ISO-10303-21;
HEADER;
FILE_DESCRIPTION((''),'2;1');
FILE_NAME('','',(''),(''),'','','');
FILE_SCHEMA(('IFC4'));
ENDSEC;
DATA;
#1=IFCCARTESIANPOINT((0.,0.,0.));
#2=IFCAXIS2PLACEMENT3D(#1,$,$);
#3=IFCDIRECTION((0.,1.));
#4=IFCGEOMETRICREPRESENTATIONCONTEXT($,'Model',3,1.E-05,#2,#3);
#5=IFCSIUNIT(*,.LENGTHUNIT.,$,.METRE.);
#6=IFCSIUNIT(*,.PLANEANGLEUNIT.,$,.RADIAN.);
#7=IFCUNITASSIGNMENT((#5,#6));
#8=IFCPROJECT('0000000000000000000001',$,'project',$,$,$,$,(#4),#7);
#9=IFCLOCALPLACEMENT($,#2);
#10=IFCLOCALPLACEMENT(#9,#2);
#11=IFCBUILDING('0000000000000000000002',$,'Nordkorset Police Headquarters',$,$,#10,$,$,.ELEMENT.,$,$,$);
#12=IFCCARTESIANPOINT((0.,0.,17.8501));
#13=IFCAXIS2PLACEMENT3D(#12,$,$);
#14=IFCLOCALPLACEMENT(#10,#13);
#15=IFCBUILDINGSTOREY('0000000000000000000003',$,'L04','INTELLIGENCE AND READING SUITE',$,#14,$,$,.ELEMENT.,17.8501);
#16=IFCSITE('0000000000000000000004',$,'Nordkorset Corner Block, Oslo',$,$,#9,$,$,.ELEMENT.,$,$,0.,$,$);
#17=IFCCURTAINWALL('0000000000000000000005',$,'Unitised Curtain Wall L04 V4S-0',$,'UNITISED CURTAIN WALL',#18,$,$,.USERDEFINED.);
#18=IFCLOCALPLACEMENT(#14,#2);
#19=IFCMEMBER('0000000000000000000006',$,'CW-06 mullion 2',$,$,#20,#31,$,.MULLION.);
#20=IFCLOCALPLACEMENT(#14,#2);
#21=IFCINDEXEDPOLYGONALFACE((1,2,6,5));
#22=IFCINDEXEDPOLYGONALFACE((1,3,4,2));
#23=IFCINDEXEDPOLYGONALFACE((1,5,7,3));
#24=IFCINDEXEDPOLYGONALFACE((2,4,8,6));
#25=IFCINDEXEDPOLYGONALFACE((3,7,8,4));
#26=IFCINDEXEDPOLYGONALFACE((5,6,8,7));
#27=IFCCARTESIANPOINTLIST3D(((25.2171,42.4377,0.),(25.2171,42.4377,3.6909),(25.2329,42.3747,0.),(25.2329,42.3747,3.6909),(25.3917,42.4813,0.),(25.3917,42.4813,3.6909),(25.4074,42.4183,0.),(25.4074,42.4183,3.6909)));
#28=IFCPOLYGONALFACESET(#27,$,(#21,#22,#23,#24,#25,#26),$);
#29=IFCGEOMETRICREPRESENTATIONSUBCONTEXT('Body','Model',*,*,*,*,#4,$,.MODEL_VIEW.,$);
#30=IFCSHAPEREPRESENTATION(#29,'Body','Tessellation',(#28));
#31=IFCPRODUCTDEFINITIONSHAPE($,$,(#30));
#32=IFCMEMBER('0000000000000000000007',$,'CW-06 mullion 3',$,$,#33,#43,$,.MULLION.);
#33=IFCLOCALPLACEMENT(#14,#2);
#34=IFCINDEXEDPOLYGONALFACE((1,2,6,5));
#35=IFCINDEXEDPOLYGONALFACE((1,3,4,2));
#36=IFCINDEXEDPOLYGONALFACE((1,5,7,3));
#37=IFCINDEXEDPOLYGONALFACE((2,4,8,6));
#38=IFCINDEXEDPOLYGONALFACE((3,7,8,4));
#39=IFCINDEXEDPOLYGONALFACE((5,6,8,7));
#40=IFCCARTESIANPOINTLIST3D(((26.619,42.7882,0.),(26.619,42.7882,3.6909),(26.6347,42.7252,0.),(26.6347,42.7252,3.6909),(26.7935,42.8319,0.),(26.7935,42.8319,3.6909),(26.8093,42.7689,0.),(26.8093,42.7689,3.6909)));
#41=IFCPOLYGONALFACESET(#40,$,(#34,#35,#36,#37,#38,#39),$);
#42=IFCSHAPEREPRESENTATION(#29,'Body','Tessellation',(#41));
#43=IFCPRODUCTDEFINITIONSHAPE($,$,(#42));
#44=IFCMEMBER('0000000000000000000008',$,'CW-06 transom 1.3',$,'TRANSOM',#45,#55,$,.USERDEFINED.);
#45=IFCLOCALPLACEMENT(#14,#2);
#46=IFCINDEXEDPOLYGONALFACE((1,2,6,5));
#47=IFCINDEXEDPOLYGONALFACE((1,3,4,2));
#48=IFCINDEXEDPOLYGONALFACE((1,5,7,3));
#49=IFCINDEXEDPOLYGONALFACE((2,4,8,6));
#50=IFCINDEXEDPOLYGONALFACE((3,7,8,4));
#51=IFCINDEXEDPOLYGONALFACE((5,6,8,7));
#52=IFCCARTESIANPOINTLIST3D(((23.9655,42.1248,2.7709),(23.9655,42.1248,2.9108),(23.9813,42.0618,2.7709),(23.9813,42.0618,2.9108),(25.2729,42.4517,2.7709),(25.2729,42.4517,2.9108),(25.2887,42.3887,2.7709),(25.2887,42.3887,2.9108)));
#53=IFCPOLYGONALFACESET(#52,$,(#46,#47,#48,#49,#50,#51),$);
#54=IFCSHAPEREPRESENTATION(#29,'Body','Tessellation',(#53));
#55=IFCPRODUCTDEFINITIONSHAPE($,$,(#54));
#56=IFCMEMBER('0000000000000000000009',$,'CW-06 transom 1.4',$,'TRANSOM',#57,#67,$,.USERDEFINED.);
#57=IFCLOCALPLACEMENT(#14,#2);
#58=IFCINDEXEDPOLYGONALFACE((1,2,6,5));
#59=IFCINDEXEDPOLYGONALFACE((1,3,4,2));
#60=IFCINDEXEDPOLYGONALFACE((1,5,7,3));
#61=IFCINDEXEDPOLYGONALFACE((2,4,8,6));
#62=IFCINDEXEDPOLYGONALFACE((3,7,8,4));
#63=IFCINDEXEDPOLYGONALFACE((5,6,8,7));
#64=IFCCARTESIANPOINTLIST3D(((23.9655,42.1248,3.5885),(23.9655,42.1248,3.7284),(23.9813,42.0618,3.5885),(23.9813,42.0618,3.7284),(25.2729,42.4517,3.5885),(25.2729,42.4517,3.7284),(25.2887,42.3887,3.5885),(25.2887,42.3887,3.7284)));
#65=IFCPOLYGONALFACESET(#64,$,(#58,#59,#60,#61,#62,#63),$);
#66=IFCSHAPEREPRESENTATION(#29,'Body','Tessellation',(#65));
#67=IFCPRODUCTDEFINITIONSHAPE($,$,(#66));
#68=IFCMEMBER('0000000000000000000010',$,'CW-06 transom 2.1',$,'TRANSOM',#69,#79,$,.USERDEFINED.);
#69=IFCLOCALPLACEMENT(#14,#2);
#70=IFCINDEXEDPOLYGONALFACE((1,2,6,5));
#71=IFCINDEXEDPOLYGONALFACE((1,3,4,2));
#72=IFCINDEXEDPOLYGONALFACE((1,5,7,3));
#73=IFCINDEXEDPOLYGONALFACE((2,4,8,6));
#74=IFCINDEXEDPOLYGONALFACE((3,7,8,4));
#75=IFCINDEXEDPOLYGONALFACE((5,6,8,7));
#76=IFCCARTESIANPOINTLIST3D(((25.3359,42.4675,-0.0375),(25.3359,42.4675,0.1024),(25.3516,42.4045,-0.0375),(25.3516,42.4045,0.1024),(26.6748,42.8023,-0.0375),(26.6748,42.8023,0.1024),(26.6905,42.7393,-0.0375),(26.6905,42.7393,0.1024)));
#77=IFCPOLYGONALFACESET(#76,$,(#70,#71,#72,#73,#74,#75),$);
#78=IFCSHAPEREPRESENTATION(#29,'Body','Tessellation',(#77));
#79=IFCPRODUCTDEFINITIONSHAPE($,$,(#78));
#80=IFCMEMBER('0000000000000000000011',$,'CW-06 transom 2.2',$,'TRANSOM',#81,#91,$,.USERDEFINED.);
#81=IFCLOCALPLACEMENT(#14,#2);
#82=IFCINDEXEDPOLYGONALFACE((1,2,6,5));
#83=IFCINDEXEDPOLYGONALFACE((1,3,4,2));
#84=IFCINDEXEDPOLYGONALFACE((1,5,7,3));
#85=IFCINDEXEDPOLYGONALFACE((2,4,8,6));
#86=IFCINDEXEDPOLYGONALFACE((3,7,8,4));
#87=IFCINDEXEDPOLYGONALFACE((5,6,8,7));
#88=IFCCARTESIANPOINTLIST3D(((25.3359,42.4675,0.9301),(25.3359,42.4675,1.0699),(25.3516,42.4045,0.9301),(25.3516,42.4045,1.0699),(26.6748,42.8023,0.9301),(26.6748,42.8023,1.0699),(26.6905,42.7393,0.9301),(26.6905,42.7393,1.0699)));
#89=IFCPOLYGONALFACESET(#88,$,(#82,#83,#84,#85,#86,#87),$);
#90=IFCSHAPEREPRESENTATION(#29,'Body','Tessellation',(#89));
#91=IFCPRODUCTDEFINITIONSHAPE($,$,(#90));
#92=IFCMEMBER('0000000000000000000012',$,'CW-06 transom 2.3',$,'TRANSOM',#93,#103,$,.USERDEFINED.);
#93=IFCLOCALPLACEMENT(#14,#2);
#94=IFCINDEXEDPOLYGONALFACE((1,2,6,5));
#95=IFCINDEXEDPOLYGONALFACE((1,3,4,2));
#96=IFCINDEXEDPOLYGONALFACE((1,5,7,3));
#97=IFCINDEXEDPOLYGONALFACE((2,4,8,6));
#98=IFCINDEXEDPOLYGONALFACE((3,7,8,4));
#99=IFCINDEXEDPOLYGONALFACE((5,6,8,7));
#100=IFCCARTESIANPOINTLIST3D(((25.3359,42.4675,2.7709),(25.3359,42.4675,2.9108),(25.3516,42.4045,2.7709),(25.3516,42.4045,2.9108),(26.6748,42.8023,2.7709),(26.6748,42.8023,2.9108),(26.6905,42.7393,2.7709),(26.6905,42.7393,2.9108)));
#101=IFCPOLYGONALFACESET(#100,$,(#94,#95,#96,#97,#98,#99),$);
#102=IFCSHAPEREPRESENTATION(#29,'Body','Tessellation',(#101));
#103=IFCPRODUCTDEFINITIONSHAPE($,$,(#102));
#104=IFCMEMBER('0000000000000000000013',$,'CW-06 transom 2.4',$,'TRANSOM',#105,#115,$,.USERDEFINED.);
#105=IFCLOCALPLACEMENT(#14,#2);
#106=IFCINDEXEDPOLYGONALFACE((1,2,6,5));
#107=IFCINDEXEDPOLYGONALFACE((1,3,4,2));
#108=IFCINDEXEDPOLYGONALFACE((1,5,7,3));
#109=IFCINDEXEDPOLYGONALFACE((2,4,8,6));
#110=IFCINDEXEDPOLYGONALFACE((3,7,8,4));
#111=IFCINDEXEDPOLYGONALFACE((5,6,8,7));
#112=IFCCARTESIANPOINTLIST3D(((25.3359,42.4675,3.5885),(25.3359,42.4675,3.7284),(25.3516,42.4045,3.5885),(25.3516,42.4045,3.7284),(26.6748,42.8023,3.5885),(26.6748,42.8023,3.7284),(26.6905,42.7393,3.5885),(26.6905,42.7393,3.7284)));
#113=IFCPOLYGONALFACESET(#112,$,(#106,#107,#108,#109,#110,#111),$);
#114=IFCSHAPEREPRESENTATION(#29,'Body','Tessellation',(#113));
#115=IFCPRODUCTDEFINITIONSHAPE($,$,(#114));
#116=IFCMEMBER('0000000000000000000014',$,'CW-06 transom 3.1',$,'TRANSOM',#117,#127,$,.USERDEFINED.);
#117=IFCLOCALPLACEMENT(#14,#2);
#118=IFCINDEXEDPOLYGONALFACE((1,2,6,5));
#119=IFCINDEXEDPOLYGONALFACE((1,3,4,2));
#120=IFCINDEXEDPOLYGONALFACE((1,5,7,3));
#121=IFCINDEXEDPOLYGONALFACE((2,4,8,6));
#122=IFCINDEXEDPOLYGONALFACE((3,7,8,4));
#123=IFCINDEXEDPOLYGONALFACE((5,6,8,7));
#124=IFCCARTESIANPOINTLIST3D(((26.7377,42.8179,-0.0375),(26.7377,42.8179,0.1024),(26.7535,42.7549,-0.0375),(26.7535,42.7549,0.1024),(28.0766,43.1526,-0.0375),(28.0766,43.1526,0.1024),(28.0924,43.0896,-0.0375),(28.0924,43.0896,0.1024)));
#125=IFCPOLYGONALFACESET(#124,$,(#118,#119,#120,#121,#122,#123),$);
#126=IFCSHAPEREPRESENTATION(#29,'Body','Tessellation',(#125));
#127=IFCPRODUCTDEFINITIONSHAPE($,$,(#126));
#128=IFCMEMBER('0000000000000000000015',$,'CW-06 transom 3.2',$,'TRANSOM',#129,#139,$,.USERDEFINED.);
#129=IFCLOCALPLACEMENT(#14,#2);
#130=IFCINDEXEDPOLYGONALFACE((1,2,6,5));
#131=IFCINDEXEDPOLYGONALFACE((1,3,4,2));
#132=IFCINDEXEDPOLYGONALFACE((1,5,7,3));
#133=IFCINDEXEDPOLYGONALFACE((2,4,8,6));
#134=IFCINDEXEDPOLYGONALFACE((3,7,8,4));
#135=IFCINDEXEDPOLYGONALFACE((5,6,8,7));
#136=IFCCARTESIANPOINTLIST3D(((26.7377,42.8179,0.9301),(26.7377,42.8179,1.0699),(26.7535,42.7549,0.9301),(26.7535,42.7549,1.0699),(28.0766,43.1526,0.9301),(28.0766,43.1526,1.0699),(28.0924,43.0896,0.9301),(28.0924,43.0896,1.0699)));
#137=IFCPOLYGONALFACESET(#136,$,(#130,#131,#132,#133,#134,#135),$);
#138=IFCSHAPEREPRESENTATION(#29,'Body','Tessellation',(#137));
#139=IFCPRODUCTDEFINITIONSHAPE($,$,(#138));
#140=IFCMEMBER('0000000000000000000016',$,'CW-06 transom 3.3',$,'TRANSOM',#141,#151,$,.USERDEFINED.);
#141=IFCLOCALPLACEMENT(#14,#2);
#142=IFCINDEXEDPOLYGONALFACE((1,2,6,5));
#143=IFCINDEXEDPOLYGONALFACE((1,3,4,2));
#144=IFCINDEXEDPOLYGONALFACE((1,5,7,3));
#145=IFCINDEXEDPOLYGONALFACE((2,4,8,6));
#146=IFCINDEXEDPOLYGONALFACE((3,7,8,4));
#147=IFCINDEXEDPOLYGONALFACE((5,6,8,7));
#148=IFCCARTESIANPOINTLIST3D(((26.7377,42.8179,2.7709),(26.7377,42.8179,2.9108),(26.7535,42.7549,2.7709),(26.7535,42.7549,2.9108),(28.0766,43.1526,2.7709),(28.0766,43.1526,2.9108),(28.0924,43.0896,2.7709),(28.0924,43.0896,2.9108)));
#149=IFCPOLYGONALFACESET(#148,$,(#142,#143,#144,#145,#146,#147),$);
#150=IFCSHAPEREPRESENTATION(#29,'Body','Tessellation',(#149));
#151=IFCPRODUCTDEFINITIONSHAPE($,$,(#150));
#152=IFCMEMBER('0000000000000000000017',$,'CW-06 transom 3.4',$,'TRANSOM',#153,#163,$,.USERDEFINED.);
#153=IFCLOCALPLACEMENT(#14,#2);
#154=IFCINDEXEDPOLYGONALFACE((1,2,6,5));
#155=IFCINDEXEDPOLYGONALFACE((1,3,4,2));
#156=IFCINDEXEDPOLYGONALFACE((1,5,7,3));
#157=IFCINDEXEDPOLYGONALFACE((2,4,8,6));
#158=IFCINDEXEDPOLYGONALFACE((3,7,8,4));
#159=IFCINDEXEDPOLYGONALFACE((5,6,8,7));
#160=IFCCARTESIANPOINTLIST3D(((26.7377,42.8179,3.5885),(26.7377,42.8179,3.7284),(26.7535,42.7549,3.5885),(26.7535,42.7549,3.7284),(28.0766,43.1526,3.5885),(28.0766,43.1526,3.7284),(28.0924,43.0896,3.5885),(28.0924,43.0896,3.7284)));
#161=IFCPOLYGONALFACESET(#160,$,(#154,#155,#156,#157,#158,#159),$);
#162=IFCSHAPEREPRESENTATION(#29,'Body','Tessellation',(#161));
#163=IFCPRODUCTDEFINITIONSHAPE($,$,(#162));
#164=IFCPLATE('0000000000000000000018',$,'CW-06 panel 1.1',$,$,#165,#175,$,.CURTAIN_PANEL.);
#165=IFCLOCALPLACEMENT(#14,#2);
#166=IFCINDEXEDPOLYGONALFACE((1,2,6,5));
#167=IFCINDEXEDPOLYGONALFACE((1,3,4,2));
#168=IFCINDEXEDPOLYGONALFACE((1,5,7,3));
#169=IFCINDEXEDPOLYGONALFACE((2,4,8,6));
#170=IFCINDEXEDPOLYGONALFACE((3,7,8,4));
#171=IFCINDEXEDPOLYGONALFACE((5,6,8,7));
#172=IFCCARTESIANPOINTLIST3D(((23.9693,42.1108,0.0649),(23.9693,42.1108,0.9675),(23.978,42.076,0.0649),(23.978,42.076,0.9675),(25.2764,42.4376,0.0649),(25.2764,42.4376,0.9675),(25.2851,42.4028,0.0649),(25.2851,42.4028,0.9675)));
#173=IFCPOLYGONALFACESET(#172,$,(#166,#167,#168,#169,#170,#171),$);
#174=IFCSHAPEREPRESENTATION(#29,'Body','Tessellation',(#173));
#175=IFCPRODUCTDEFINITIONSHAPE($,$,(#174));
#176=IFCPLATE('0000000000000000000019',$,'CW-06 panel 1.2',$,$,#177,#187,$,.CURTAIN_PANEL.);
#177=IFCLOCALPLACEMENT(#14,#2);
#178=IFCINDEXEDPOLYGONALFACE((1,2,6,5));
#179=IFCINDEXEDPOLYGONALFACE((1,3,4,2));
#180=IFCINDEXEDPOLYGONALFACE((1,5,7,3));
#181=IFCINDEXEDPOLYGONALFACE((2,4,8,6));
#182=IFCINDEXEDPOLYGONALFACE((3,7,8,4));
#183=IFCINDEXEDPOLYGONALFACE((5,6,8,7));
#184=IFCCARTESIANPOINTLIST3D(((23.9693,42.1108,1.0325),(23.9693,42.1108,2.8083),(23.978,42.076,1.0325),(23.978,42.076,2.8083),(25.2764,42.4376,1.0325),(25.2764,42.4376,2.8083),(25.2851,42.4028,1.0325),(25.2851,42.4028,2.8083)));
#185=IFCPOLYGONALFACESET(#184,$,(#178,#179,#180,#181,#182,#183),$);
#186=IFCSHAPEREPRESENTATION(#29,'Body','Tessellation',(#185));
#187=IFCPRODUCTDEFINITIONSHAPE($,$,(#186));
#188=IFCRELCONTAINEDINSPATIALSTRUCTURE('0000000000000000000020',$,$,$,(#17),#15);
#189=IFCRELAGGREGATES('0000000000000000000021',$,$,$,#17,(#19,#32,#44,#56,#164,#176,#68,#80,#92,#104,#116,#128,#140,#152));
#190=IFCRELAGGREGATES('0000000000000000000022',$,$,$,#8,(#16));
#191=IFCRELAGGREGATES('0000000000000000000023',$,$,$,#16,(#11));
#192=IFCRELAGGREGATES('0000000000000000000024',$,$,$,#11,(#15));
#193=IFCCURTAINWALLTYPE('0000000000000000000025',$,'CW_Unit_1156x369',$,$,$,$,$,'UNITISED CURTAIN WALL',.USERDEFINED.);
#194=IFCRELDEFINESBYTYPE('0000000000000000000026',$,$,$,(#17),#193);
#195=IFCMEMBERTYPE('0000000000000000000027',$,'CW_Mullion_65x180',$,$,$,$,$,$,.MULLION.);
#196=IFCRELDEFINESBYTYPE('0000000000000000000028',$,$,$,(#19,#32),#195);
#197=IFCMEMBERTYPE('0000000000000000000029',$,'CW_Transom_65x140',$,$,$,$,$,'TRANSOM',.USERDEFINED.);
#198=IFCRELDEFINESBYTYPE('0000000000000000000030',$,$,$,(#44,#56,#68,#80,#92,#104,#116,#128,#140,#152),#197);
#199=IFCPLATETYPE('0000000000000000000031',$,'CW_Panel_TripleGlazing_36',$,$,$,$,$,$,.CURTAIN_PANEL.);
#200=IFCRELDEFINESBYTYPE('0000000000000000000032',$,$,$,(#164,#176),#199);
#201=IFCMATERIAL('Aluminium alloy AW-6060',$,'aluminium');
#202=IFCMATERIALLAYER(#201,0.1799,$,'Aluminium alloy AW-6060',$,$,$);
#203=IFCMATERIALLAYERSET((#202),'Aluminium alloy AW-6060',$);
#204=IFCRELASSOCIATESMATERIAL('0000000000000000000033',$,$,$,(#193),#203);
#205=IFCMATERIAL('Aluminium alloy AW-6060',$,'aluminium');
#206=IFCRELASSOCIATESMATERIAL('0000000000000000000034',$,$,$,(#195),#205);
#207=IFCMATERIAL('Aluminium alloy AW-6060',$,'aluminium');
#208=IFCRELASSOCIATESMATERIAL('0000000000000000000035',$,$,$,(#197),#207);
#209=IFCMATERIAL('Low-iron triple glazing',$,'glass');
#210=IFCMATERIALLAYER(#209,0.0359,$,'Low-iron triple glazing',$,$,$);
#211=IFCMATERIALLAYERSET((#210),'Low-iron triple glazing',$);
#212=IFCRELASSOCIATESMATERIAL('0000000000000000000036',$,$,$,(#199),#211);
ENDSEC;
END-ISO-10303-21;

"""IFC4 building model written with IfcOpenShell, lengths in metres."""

from ifc_helpers import new_model, si_unit, direction, frame, origin, origin_2d, place, context, subcontext, project, spatial, rectangle, extrude, material, layer, layer_set, material_profile, profile_set, type_object, element, aggregate, save


model = new_model("IFC4")

# Units and contexts
model_context = context("Model", 3, precision=1e-05, world=origin(), true_north=direction((0.0, 1.0)))
body_context = subcontext(model_context, "Body", "Model", "MODEL_VIEW")
ifc_project = project(units=[si_unit("LENGTHUNIT", "METRE"), si_unit("PLANEANGLEUNIT", "RADIAN")], contexts=[model_context])

# Site, building, storey
site_placement = place(None, origin())
site = spatial("IfcSite", under=ifc_project, at=site_placement, Name="Nordkorset Corner Block, Oslo", CompositionType="ELEMENT", RefElevation=0.0)
building_placement = place(site_placement, origin())
building = spatial("IfcBuilding", under=site, at=building_placement, Name="Nordkorset Police Headquarters", CompositionType="ELEMENT")
storey_placement = place(building_placement, frame((0.0, 0.0, 17.8501)))
storey = spatial("IfcBuildingStorey", under=building, at=storey_placement, Name="L04", Description="INTELLIGENCE AND READING SUITE", CompositionType="ELEMENT", Elevation=17.8501)

# Curtain wall, members, plates
ifc_material_1 = material(Name="Aluminium alloy AW-6060", Category="aluminium")
ifc_layer_1 = layer(ifc_material_1, 0.1799, Name="Aluminium alloy AW-6060")
ifc_layer_set_1 = layer_set([ifc_layer_1], Name="Aluminium alloy AW-6060")
curtain_wall_type = type_object("IfcCurtainWallType", Name="CW_Unit_1156x369", ElementType="UNITISED CURTAIN WALL", PredefinedType="USERDEFINED", material=ifc_layer_set_1)
curtain_wall_placement = place(storey_placement, origin())
curtain_wall = element("IfcCurtainWall", 1, at=curtain_wall_placement, inside=storey, type_object=curtain_wall_type, Name="Unitised Curtain Wall L04 V4S-0", ObjectType="UNITISED CURTAIN WALL", PredefinedType="USERDEFINED")
ifc_material_2 = material(Name="Aluminium alloy AW-6060", Category="aluminium")
ifc_material_profile_1 = material_profile(ifc_material_2, rectangle(XDim=0.0649, YDim=0.1799, at=origin_2d()), Name="ALU MULL 65x180")
ifc_profile_set_1 = profile_set([ifc_material_profile_1], Name="Aluminium alloy AW-6060")
member_type_1 = type_object("IfcMemberType", Name="CW_Mullion_65x180", PredefinedType="MULLION", material=ifc_profile_set_1)
member_1_placement = place(storey_placement, frame((25.3123, 42.428, 0.0), z_axis=(0.0, 0.0, 1.0), x_axis=(-0.242536, 0.970143, 0.0)))
member_1 = element("IfcMember", 2, at=member_1_placement, type_object=member_type_1, Name="CW-06 mullion 2", PredefinedType="MULLION", context=body_context, shape_type="SweptSolid", body=[
    extrude(rectangle(XDim=0.0649, YDim=0.1799, at=origin_2d()), origin(), (0.0, 0.0, 1.0), 3.6909),
])
member_2_placement = place(storey_placement, frame((26.7141, 42.7786, 0.0), z_axis=(0.0, 0.0, 1.0), x_axis=(-0.242536, 0.970143, 0.0)))
member_2 = element("IfcMember", 3, at=member_2_placement, type_object=member_type_1, Name="CW-06 mullion 3", PredefinedType="MULLION", context=body_context, shape_type="SweptSolid", body=[
    extrude(rectangle(XDim=0.0649, YDim=0.1799, at=origin_2d()), origin(), (0.0, 0.0, 1.0), 3.6909),
])
ifc_material_3 = material(Name="Aluminium alloy AW-6060", Category="aluminium")
ifc_material_profile_2 = material_profile(ifc_material_3, rectangle(XDim=0.0649, YDim=0.1399, at=origin_2d()), Name="ALU TRAN 65x140")
ifc_profile_set_2 = profile_set([ifc_material_profile_2], Name="Aluminium alloy AW-6060")
member_type_2 = type_object("IfcMemberType", Name="CW_Transom_65x140", ElementType="TRANSOM", PredefinedType="USERDEFINED", material=ifc_profile_set_2)
member_3_placement = place(storey_placement, frame((23.9734, 42.0933, 2.8408), z_axis=(0.970132, 0.242578, 0.0), x_axis=(-0.242578, 0.970132, 0.0)))
member_3 = element("IfcMember", 4, at=member_3_placement, type_object=member_type_2, Name="CW-06 transom 1.3", ObjectType="TRANSOM", PredefinedType="USERDEFINED", context=body_context, shape_type="SweptSolid", body=[
    extrude(rectangle(XDim=0.0649, YDim=0.1399, at=origin_2d()), origin(), (0.0, 0.0, 1.0), 1.3477),
])
member_4_placement = place(storey_placement, frame((23.9734, 42.0933, 3.6584), z_axis=(0.970132, 0.242578, 0.0), x_axis=(-0.242578, 0.970132, 0.0)))
member_4 = element("IfcMember", 5, at=member_4_placement, type_object=member_type_2, Name="CW-06 transom 1.4", ObjectType="TRANSOM", PredefinedType="USERDEFINED", context=body_context, shape_type="SweptSolid", body=[
    extrude(rectangle(XDim=0.0649, YDim=0.1399, at=origin_2d()), origin(), (0.0, 0.0, 1.0), 1.3477),
])
member_5_placement = place(storey_placement, frame((25.3438, 42.436, 0.0325), z_axis=(0.970143, 0.242536, 0.0), x_axis=(-0.242536, 0.970143, 0.0)))
member_5 = element("IfcMember", 6, at=member_5_placement, type_object=member_type_2, Name="CW-06 transom 2.1", ObjectType="TRANSOM", PredefinedType="USERDEFINED", context=body_context, shape_type="SweptSolid", body=[
    extrude(rectangle(XDim=0.0649, YDim=0.1399, at=origin_2d()), origin(), (0.0, 0.0, 1.0), 1.3801),
])
member_6_placement = place(storey_placement, frame((25.3438, 42.436, 1.0), z_axis=(0.970143, 0.242536, 0.0), x_axis=(-0.242536, 0.970143, 0.0)))
member_6 = element("IfcMember", 7, at=member_6_placement, type_object=member_type_2, Name="CW-06 transom 2.2", ObjectType="TRANSOM", PredefinedType="USERDEFINED", context=body_context, shape_type="SweptSolid", body=[
    extrude(rectangle(XDim=0.0649, YDim=0.1399, at=origin_2d()), origin(), (0.0, 0.0, 1.0), 1.3801),
])
member_7_placement = place(storey_placement, frame((25.3438, 42.436, 2.8408), z_axis=(0.970143, 0.242536, 0.0), x_axis=(-0.242536, 0.970143, 0.0)))
member_7 = element("IfcMember", 8, at=member_7_placement, type_object=member_type_2, Name="CW-06 transom 2.3", ObjectType="TRANSOM", PredefinedType="USERDEFINED", context=body_context, shape_type="SweptSolid", body=[
    extrude(rectangle(XDim=0.0649, YDim=0.1399, at=origin_2d()), origin(), (0.0, 0.0, 1.0), 1.3801),
])
member_8_placement = place(storey_placement, frame((25.3438, 42.436, 3.6584), z_axis=(0.970143, 0.242536, 0.0), x_axis=(-0.242536, 0.970143, 0.0)))
member_8 = element("IfcMember", 9, at=member_8_placement, type_object=member_type_2, Name="CW-06 transom 2.4", ObjectType="TRANSOM", PredefinedType="USERDEFINED", context=body_context, shape_type="SweptSolid", body=[
    extrude(rectangle(XDim=0.0649, YDim=0.1399, at=origin_2d()), origin(), (0.0, 0.0, 1.0), 1.3801),
])
member_9_placement = place(storey_placement, frame((26.7456, 42.7864, 0.0325), z_axis=(0.970143, 0.242536, 0.0), x_axis=(-0.242536, 0.970143, 0.0)))
member_9 = element("IfcMember", 10, at=member_9_placement, type_object=member_type_2, Name="CW-06 transom 3.1", ObjectType="TRANSOM", PredefinedType="USERDEFINED", context=body_context, shape_type="SweptSolid", body=[
    extrude(rectangle(XDim=0.0649, YDim=0.1399, at=origin_2d()), origin(), (0.0, 0.0, 1.0), 1.3801),
])
member_10_placement = place(storey_placement, frame((26.7456, 42.7864, 1.0), z_axis=(0.970143, 0.242536, 0.0), x_axis=(-0.242536, 0.970143, 0.0)))
member_10 = element("IfcMember", 11, at=member_10_placement, type_object=member_type_2, Name="CW-06 transom 3.2", ObjectType="TRANSOM", PredefinedType="USERDEFINED", context=body_context, shape_type="SweptSolid", body=[
    extrude(rectangle(XDim=0.0649, YDim=0.1399, at=origin_2d()), origin(), (0.0, 0.0, 1.0), 1.3801),
])
member_11_placement = place(storey_placement, frame((26.7456, 42.7864, 2.8408), z_axis=(0.970143, 0.242536, 0.0), x_axis=(-0.242536, 0.970143, 0.0)))
member_11 = element("IfcMember", 12, at=member_11_placement, type_object=member_type_2, Name="CW-06 transom 3.3", ObjectType="TRANSOM", PredefinedType="USERDEFINED", context=body_context, shape_type="SweptSolid", body=[
    extrude(rectangle(XDim=0.0649, YDim=0.1399, at=origin_2d()), origin(), (0.0, 0.0, 1.0), 1.3801),
])
member_12_placement = place(storey_placement, frame((26.7456, 42.7864, 3.6584), z_axis=(0.970143, 0.242536, 0.0), x_axis=(-0.242536, 0.970143, 0.0)))
member_12 = element("IfcMember", 13, at=member_12_placement, type_object=member_type_2, Name="CW-06 transom 3.4", ObjectType="TRANSOM", PredefinedType="USERDEFINED", context=body_context, shape_type="SweptSolid", body=[
    extrude(rectangle(XDim=0.0649, YDim=0.1399, at=origin_2d()), origin(), (0.0, 0.0, 1.0), 1.3801),
])
ifc_material_4 = material(Name="Low-iron triple glazing", Category="glass")
ifc_layer_2 = layer(ifc_material_4, 0.0359, Name="Low-iron triple glazing")
ifc_layer_set_2 = layer_set([ifc_layer_2], Name="Low-iron triple glazing")
plate_type = type_object("IfcPlateType", Name="CW_Panel_TripleGlazing_36", PredefinedType="CURTAIN_PANEL", material=ifc_layer_set_2)
plate_1_placement = place(storey_placement, frame((24.6272, 42.2568, 0.0649), z_axis=(0.0, 0.0, 1.0), x_axis=(0.970143, 0.242536, 0.0)))
plate_1 = element("IfcPlate", 14, at=plate_1_placement, type_object=plate_type, Name="CW-06 panel 1.1", PredefinedType="CURTAIN_PANEL", context=body_context, shape_type="SweptSolid", body=[
    extrude(rectangle(XDim=1.3474, YDim=0.0359, at=origin_2d()), origin(), (0.0, 0.0, 1.0), 0.9026),
])
plate_2_placement = place(storey_placement, frame((24.6272, 42.2568, 1.0325), z_axis=(0.0, 0.0, 1.0), x_axis=(0.970143, 0.242536, 0.0)))
plate_2 = element("IfcPlate", 15, at=plate_2_placement, type_object=plate_type, Name="CW-06 panel 1.2", PredefinedType="CURTAIN_PANEL", context=body_context, shape_type="SweptSolid", body=[
    extrude(rectangle(XDim=1.3474, YDim=0.0359, at=origin_2d()), origin(), (0.0, 0.0, 1.0), 1.7759),
])
aggregate(curtain_wall, [member_1, member_2, member_3, member_4, plate_1, plate_2, member_5, member_6, member_7, member_8, member_9, member_10, member_11, member_12])

save(model, "model.ifc")
